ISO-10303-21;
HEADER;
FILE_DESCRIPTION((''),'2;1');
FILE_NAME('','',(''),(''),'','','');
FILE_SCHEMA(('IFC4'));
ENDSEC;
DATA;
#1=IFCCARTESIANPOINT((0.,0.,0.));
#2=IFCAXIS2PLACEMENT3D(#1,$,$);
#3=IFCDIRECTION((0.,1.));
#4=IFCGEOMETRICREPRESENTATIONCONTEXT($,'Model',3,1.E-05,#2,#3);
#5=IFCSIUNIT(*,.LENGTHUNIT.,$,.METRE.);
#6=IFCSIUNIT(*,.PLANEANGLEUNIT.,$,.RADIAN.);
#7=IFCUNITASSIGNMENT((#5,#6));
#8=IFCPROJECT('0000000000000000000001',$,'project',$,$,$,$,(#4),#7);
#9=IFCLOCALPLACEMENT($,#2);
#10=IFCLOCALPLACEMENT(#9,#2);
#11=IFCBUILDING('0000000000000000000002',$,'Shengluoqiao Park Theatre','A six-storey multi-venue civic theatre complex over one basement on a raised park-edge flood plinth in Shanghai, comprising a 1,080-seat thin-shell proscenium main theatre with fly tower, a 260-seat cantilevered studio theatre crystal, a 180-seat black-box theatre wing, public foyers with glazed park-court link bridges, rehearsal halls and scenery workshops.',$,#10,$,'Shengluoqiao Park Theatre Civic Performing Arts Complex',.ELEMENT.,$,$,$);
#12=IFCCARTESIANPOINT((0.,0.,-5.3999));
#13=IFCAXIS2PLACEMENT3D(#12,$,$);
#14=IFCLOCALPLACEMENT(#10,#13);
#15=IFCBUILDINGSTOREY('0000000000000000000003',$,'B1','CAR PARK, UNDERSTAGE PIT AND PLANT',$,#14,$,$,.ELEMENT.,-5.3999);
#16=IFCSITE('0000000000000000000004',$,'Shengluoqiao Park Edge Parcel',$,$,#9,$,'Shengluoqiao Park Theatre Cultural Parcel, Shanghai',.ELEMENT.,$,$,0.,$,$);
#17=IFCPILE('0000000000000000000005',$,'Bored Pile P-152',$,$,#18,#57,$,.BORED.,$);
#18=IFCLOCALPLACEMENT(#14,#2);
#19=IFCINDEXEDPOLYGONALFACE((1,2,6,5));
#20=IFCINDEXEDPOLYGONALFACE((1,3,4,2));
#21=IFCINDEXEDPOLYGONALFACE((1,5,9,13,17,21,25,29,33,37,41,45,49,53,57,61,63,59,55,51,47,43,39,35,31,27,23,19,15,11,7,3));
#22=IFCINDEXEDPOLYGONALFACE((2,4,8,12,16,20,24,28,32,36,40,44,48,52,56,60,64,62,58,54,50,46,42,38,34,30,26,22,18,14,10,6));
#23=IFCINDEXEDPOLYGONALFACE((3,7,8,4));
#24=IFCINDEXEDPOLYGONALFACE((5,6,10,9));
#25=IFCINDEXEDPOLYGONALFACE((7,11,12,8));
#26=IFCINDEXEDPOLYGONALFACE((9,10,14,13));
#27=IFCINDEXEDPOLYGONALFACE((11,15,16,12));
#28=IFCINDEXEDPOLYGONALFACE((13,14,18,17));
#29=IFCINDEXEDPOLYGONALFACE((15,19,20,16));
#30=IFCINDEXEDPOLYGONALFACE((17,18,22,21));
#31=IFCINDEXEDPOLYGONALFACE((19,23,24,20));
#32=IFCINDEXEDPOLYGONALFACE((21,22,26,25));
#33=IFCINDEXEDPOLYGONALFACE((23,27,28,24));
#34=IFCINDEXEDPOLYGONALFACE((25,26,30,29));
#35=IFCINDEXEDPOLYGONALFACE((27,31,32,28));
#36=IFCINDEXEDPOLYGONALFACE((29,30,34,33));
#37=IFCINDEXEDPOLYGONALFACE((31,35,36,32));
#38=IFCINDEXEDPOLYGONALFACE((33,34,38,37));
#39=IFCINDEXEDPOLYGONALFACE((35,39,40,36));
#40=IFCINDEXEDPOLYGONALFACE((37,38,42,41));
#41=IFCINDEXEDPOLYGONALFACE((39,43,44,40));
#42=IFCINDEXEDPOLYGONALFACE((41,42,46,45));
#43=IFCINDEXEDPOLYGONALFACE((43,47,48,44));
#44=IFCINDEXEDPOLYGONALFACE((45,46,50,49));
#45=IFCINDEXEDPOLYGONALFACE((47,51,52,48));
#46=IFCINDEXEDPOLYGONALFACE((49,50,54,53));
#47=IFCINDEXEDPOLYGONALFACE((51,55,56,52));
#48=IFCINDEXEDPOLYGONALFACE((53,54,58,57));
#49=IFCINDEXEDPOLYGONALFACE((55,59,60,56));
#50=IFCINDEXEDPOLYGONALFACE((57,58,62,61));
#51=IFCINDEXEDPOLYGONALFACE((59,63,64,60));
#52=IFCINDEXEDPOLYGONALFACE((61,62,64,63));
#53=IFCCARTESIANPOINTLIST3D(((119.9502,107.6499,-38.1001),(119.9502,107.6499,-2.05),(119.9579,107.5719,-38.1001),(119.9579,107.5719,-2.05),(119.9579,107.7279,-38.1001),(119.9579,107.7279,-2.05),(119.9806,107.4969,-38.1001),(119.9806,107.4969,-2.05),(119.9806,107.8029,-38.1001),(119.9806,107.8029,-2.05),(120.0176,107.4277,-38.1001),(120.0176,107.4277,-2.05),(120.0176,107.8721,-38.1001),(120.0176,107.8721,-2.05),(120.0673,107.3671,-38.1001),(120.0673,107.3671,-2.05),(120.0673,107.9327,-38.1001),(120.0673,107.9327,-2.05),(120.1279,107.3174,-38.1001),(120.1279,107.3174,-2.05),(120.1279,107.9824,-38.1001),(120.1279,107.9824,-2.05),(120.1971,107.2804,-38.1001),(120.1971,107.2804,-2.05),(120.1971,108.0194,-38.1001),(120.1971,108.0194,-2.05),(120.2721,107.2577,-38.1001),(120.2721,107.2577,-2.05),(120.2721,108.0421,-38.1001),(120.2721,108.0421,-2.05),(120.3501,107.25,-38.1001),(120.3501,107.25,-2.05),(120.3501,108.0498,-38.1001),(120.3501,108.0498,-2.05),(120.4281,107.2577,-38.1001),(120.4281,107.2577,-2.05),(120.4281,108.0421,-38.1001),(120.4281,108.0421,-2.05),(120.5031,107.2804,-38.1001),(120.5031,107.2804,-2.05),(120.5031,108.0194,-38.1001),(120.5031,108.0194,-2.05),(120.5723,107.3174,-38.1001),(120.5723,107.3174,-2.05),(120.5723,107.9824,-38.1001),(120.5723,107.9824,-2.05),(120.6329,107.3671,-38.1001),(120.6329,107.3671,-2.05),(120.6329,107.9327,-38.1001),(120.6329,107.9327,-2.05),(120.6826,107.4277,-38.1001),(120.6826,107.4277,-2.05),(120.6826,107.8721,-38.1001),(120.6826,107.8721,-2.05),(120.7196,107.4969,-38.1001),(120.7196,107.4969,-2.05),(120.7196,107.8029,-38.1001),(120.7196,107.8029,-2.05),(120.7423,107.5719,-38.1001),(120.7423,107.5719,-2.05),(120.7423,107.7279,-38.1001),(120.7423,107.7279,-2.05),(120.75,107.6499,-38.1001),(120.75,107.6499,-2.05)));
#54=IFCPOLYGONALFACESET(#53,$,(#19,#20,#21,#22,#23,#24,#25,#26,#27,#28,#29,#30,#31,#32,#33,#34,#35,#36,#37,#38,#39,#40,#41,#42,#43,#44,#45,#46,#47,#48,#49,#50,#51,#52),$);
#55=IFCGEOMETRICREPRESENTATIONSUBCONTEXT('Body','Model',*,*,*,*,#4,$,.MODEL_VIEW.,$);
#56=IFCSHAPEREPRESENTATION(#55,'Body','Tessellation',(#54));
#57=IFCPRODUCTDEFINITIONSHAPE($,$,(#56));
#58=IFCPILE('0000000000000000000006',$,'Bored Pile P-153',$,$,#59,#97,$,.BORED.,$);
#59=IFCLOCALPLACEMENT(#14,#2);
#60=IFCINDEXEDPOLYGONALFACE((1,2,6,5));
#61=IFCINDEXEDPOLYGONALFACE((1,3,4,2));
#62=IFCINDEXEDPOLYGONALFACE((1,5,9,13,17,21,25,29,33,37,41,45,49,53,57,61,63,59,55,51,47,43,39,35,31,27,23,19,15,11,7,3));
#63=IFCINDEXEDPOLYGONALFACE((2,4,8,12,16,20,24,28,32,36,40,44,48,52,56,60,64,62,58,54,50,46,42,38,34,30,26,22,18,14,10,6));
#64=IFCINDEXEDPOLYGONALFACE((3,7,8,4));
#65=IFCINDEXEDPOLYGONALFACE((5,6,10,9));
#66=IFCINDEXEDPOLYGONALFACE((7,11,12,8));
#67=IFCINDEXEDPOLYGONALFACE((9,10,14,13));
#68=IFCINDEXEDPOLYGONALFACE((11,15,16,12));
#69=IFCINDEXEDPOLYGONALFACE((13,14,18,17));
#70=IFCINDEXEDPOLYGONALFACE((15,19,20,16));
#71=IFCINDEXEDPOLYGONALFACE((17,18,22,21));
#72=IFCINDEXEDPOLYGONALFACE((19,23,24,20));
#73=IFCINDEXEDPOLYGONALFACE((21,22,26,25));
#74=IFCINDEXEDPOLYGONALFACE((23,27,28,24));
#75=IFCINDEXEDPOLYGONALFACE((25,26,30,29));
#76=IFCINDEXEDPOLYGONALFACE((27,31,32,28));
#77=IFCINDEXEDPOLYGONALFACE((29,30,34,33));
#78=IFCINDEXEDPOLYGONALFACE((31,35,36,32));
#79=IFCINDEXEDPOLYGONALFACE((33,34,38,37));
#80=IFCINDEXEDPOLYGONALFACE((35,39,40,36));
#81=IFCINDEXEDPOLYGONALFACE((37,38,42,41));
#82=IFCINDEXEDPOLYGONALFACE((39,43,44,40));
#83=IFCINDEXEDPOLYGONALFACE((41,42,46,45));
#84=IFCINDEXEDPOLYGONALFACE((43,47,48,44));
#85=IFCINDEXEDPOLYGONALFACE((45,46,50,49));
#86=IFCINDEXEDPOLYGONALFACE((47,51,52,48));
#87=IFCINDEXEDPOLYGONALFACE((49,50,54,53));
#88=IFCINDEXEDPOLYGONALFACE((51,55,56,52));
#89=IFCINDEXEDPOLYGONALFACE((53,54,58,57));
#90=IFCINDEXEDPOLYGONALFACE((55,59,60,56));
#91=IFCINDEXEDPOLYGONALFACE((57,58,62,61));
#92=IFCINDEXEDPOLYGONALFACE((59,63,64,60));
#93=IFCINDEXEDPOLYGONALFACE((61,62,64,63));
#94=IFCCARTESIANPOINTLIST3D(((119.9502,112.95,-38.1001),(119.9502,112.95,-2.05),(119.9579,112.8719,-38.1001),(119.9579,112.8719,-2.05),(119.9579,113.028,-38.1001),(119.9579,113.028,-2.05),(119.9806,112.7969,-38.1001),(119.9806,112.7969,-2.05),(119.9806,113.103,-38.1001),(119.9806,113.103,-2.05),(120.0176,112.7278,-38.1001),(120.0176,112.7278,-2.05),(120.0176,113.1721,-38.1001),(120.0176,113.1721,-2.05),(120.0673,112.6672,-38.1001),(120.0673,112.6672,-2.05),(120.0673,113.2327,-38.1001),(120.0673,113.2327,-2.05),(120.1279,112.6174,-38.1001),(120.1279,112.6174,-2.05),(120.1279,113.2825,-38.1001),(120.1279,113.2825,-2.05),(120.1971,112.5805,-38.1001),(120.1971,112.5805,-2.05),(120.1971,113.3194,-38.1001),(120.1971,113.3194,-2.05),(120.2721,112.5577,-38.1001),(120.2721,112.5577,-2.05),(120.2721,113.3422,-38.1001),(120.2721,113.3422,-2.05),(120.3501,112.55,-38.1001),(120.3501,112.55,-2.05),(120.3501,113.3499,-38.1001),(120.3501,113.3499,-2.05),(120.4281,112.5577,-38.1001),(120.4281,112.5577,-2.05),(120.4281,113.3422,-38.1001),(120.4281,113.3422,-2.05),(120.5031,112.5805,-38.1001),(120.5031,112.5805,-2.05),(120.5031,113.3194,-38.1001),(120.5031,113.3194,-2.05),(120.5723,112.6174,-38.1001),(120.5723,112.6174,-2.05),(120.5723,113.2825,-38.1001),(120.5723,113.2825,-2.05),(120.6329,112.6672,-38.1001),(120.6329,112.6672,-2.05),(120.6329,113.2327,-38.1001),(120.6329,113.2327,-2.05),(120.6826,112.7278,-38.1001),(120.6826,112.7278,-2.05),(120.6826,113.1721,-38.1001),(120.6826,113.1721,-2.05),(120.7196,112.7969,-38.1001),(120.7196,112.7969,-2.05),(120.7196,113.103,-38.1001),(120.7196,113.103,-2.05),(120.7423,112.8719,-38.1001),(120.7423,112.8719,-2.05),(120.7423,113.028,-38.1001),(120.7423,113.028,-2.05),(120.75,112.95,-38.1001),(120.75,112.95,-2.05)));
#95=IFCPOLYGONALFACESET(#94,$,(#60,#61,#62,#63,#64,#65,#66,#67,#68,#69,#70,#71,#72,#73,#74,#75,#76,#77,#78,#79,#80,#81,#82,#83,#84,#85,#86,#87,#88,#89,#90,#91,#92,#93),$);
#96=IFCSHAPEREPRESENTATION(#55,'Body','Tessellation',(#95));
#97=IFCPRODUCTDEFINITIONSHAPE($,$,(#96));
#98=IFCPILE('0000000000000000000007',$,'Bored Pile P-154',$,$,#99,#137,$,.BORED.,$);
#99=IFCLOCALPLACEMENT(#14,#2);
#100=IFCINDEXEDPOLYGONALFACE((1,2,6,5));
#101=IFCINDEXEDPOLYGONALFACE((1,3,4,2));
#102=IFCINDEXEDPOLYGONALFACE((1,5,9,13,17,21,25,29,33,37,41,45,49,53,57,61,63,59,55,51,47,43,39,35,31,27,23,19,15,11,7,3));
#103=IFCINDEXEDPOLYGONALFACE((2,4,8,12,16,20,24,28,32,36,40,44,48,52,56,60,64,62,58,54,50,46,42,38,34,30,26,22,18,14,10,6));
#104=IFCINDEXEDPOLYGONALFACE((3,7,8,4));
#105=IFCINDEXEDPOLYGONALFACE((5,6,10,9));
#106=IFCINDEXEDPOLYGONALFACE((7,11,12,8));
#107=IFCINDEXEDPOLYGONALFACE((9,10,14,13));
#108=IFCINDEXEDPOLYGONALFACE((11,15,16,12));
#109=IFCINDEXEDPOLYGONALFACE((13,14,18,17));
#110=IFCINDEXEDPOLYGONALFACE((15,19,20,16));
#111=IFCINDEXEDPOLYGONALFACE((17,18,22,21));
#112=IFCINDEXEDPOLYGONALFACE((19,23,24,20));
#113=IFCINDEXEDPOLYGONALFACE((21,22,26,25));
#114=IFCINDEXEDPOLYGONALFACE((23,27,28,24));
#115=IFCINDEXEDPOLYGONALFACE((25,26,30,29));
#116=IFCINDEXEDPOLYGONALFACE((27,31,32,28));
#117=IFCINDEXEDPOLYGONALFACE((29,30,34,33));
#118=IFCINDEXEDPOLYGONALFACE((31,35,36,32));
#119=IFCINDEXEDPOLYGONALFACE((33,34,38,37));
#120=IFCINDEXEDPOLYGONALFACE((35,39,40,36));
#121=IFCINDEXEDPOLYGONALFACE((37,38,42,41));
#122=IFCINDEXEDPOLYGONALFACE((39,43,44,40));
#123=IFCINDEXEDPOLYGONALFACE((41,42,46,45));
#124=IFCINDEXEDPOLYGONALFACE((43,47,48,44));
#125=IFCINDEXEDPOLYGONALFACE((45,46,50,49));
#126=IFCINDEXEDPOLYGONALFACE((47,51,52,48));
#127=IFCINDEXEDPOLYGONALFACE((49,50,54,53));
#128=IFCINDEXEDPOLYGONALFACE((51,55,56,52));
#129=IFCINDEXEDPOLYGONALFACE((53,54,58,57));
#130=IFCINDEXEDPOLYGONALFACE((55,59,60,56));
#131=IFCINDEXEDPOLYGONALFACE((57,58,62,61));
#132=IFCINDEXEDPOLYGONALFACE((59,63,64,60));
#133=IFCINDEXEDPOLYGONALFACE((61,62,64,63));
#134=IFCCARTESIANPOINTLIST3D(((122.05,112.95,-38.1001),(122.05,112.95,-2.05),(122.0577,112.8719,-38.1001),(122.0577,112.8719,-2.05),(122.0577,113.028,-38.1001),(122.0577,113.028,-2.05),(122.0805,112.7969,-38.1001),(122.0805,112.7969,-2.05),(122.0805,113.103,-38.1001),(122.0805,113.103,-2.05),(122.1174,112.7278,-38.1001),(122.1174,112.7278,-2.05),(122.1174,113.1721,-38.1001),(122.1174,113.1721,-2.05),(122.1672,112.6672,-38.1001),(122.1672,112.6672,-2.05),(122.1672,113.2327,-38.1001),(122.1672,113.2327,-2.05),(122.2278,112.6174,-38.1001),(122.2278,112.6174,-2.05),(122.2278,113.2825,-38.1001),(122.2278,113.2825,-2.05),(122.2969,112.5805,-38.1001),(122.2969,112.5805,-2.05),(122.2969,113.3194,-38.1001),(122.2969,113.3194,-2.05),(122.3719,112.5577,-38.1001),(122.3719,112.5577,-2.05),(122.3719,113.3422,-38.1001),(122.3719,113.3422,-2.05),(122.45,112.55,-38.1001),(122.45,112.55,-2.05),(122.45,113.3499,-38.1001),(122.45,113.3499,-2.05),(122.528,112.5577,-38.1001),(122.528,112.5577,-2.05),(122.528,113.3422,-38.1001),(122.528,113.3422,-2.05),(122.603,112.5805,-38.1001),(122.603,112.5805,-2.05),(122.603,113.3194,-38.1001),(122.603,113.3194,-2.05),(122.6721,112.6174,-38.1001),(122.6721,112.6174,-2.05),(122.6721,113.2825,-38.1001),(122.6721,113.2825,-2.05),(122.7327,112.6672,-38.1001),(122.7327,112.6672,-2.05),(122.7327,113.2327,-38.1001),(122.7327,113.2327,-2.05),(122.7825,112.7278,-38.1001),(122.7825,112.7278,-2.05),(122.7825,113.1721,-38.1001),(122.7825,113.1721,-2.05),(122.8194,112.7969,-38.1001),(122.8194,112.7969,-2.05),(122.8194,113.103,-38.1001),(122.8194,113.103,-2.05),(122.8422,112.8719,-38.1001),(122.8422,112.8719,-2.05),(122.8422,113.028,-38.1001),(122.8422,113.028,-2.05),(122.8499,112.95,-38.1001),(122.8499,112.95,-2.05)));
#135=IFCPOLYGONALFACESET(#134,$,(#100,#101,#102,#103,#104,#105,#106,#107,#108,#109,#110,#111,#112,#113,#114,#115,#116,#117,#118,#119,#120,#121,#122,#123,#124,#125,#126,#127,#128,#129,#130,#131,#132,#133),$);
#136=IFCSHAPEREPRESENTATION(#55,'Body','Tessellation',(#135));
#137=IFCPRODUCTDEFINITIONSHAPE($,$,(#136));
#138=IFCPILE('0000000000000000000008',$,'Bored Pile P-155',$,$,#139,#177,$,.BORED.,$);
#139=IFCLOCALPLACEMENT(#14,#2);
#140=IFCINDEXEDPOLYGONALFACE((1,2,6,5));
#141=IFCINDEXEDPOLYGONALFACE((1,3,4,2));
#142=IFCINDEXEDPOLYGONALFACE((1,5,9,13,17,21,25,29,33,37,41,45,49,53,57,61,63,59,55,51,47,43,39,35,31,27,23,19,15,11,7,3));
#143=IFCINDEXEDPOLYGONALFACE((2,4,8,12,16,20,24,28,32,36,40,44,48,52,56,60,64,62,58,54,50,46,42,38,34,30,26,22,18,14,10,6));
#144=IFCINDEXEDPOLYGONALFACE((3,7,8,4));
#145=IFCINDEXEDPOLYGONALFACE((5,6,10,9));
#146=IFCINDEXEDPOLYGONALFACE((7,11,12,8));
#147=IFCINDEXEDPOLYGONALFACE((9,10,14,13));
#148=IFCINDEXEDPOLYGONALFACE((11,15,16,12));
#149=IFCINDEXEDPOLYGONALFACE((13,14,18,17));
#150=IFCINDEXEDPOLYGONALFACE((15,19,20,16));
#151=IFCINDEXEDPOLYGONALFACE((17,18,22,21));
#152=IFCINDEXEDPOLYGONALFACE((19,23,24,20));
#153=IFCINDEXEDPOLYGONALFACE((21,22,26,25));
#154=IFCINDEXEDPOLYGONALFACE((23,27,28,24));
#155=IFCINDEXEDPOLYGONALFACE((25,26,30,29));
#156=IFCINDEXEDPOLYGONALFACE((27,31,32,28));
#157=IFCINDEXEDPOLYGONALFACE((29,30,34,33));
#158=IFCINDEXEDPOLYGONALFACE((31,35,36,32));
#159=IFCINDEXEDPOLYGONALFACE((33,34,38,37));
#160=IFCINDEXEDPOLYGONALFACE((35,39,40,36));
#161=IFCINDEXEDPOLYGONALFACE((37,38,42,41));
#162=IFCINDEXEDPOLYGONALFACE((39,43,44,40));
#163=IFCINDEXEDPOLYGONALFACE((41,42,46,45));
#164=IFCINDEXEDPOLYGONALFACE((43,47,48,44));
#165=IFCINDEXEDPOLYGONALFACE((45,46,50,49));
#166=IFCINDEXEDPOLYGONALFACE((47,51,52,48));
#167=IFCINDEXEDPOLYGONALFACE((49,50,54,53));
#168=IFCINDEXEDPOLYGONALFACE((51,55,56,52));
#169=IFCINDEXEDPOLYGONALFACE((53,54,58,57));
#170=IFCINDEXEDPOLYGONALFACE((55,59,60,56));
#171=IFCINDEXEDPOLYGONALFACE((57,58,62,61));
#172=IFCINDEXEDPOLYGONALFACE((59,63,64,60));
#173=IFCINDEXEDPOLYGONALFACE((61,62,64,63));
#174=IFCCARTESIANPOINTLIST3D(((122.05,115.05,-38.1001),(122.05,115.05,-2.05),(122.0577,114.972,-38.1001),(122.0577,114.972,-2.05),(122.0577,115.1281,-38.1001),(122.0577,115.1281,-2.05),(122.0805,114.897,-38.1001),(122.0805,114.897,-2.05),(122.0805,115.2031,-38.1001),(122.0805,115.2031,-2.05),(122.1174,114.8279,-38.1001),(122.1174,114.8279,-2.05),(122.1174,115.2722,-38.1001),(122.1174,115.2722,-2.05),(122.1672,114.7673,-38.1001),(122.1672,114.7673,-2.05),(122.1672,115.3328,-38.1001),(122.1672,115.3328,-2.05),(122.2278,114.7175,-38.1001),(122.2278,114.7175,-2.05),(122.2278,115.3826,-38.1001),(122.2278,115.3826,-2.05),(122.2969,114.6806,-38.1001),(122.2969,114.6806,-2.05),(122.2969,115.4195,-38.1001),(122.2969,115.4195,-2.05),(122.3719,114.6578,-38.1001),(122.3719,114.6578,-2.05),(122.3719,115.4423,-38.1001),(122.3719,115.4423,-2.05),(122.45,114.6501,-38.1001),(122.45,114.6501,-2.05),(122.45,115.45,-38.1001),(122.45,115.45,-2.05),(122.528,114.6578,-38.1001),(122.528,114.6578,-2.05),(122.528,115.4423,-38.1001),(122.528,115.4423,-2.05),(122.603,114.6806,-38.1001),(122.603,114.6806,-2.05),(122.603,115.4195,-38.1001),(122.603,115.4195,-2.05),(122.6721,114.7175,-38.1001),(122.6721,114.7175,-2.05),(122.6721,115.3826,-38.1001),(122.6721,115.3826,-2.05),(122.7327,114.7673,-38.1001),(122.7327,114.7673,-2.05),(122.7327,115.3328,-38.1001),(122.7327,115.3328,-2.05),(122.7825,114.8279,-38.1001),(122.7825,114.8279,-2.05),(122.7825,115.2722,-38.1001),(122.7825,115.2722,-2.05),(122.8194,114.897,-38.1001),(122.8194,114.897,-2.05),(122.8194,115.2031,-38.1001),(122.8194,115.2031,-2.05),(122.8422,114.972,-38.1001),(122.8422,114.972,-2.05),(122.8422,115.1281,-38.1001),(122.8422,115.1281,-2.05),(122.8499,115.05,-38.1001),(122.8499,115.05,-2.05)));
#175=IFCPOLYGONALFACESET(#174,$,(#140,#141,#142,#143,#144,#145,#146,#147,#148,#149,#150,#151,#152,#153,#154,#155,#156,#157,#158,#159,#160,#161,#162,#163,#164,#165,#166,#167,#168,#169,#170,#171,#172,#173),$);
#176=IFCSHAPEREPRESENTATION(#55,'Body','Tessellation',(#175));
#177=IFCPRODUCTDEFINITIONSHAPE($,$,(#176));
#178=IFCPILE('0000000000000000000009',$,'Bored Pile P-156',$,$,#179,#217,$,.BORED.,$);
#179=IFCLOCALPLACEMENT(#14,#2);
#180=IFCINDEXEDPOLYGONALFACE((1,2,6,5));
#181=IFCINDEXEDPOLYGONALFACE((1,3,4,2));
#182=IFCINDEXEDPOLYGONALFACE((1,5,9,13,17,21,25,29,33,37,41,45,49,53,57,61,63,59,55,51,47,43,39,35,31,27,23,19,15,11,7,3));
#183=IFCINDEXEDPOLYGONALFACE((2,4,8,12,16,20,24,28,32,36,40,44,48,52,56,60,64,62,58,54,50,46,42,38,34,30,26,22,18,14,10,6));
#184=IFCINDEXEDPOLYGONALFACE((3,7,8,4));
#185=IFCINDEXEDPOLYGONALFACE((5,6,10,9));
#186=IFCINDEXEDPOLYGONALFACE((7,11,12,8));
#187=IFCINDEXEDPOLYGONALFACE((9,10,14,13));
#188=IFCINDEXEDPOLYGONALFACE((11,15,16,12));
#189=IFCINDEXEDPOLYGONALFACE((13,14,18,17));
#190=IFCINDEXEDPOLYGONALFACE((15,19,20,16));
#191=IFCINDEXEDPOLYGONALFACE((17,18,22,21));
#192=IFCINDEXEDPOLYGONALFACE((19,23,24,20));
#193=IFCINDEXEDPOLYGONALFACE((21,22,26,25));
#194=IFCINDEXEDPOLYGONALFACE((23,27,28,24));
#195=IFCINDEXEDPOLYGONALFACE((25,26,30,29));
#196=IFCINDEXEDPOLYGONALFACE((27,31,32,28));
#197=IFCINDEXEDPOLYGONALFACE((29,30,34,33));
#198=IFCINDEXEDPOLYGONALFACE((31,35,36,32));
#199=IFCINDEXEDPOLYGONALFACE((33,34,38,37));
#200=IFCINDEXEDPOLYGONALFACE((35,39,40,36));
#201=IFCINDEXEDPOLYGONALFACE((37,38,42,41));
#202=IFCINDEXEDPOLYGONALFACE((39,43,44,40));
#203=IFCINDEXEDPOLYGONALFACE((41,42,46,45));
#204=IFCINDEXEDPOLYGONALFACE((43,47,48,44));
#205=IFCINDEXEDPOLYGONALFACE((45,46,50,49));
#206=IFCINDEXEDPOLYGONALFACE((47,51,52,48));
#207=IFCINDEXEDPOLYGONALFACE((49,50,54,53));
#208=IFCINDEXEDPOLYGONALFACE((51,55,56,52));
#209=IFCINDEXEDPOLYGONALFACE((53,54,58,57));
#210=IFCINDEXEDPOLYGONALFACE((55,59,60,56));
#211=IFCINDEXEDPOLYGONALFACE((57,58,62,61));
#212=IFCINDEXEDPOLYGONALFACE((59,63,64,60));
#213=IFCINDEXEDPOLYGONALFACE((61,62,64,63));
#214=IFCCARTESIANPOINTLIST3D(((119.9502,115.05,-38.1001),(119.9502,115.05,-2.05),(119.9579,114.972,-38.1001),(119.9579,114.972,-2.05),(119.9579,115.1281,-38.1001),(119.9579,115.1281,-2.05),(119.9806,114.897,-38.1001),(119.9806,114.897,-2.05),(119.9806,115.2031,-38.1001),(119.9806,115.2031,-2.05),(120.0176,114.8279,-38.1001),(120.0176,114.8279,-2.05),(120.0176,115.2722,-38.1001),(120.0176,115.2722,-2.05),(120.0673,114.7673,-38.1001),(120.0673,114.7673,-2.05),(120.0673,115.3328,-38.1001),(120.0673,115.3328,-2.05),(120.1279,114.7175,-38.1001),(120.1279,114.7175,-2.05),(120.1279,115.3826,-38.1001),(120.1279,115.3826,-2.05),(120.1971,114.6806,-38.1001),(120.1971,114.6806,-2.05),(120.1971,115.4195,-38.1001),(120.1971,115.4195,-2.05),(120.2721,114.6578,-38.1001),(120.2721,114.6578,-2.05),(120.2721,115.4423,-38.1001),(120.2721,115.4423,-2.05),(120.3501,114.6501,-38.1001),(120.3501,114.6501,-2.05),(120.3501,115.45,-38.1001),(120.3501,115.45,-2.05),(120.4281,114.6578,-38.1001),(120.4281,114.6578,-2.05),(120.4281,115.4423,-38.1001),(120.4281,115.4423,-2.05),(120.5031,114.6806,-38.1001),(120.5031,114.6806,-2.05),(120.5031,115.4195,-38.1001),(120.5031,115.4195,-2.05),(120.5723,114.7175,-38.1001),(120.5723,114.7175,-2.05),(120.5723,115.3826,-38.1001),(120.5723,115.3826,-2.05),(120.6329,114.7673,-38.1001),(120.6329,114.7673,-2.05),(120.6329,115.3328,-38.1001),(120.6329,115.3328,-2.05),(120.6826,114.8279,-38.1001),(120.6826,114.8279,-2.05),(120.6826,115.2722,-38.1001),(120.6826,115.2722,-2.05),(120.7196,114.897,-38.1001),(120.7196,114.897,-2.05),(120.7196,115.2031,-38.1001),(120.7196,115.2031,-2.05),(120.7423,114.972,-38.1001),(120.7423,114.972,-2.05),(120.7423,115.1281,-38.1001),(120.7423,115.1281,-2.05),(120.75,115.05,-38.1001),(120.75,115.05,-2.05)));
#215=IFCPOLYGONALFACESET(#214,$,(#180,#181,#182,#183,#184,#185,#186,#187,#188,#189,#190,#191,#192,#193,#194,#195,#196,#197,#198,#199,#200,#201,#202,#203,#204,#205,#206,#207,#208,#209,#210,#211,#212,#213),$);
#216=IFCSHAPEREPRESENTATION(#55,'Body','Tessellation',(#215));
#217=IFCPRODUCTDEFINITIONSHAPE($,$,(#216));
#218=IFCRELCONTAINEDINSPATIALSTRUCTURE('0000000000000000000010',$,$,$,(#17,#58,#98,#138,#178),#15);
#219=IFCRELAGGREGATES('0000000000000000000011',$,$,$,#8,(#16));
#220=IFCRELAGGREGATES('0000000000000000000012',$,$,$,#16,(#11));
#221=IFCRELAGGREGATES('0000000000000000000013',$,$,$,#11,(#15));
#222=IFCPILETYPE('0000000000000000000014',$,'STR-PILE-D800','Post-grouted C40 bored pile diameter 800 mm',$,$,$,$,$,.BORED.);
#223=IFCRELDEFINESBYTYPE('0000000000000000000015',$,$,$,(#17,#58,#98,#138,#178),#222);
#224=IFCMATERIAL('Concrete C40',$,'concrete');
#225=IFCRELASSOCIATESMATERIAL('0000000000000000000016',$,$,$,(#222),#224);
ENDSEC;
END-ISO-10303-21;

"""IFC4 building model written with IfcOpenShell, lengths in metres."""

from ifc_helpers import new_model, si_unit, direction, frame, origin, origin_2d, place, context, subcontext, project, spatial, circle, extrude, material, material_profile, profile_set, type_object, element, save


model = new_model("IFC4")

# Units and contexts
model_context = context("Model", 3, precision=1e-05, world=origin(), true_north=direction((0.0, 1.0)))
body_context = subcontext(model_context, "Body", "Model", "MODEL_VIEW")
ifc_project = project(units=[si_unit("LENGTHUNIT", "METRE"), si_unit("PLANEANGLEUNIT", "RADIAN")], contexts=[model_context])

# Site, building, storey
site_placement = place(None, origin())
site = spatial("IfcSite", under=ifc_project, at=site_placement, Name="Shengluoqiao Park Edge Parcel", LongName="Shengluoqiao Park Theatre Cultural Parcel, Shanghai", CompositionType="ELEMENT", RefElevation=0.0)
building_placement = place(site_placement, origin())
building = spatial("IfcBuilding", under=site, at=building_placement, Name="Shengluoqiao Park Theatre", Description="A six-storey multi-venue civic theatre complex over one basement on a raised park-edge flood plinth in Shanghai, comprising a 1,080-seat thin-shell proscenium main theatre with fly tower, a 260-seat cantilevered studio theatre crystal, a 180-seat black-box theatre wing, public foyers with glazed park-court link bridges, rehearsal halls and scenery workshops.", LongName="Shengluoqiao Park Theatre Civic Performing Arts Complex", CompositionType="ELEMENT")
storey_placement = place(building_placement, frame((0.0, 0.0, -5.3999)))
storey = spatial("IfcBuildingStorey", under=building, at=storey_placement, Name="B1", Description="CAR PARK, UNDERSTAGE PIT AND PLANT", CompositionType="ELEMENT", Elevation=-5.3999)

# Shared definitions
ifc_material_1 = material(Name="Concrete C40", Category="concrete")

# Piles
ifc_material_profile_1 = material_profile(ifc_material_1, circle(Radius=0.3999, at=origin_2d()), Name="BORED PILE D800")
ifc_profile_set_1 = profile_set([ifc_material_profile_1], Name="Concrete C40")
pile_type_1 = type_object("IfcPileType", Name="STR-PILE-D800", Description="Post-grouted C40 bored pile diameter 800 mm", PredefinedType="BORED", material=ifc_profile_set_1)
for number, where, z_axis, x_axis, name in (
    (1, (120.3501, 107.6499, -2.05), (0.0, 0.0, -1.0), (1.0, 0.0, 0.0), "Bored Pile P-152"),
    (2, (120.3501, 112.95, -2.05), (0.0, 0.0, -1.0), (1.0, 0.0, 0.0), "Bored Pile P-153"),
    (3, (122.45, 112.95, -2.05), (0.0, 0.0, -1.0), (1.0, 0.0, 0.0), "Bored Pile P-154"),
    (4, (122.45, 115.05, -2.05), (0.0, 0.0, -1.0), (1.0, 0.0, 0.0), "Bored Pile P-155"),
    (5, (120.3501, 115.05, -2.05), (0.0, 0.0, -1.0), (1.0, 0.0, 0.0), "Bored Pile P-156"),
):
    element("IfcPile", number, at=place(storey_placement, frame(where, z_axis=z_axis, x_axis=x_axis)), inside=storey, type_object=pile_type_1, Name=name, PredefinedType="BORED", context=body_context, shape_type="SweptSolid", body=[
        extrude(circle(Radius=0.3999, at=origin_2d()), origin(), (0.0, 0.0, 1.0), 36.05),
    ])

save(model, "model.ifc")
